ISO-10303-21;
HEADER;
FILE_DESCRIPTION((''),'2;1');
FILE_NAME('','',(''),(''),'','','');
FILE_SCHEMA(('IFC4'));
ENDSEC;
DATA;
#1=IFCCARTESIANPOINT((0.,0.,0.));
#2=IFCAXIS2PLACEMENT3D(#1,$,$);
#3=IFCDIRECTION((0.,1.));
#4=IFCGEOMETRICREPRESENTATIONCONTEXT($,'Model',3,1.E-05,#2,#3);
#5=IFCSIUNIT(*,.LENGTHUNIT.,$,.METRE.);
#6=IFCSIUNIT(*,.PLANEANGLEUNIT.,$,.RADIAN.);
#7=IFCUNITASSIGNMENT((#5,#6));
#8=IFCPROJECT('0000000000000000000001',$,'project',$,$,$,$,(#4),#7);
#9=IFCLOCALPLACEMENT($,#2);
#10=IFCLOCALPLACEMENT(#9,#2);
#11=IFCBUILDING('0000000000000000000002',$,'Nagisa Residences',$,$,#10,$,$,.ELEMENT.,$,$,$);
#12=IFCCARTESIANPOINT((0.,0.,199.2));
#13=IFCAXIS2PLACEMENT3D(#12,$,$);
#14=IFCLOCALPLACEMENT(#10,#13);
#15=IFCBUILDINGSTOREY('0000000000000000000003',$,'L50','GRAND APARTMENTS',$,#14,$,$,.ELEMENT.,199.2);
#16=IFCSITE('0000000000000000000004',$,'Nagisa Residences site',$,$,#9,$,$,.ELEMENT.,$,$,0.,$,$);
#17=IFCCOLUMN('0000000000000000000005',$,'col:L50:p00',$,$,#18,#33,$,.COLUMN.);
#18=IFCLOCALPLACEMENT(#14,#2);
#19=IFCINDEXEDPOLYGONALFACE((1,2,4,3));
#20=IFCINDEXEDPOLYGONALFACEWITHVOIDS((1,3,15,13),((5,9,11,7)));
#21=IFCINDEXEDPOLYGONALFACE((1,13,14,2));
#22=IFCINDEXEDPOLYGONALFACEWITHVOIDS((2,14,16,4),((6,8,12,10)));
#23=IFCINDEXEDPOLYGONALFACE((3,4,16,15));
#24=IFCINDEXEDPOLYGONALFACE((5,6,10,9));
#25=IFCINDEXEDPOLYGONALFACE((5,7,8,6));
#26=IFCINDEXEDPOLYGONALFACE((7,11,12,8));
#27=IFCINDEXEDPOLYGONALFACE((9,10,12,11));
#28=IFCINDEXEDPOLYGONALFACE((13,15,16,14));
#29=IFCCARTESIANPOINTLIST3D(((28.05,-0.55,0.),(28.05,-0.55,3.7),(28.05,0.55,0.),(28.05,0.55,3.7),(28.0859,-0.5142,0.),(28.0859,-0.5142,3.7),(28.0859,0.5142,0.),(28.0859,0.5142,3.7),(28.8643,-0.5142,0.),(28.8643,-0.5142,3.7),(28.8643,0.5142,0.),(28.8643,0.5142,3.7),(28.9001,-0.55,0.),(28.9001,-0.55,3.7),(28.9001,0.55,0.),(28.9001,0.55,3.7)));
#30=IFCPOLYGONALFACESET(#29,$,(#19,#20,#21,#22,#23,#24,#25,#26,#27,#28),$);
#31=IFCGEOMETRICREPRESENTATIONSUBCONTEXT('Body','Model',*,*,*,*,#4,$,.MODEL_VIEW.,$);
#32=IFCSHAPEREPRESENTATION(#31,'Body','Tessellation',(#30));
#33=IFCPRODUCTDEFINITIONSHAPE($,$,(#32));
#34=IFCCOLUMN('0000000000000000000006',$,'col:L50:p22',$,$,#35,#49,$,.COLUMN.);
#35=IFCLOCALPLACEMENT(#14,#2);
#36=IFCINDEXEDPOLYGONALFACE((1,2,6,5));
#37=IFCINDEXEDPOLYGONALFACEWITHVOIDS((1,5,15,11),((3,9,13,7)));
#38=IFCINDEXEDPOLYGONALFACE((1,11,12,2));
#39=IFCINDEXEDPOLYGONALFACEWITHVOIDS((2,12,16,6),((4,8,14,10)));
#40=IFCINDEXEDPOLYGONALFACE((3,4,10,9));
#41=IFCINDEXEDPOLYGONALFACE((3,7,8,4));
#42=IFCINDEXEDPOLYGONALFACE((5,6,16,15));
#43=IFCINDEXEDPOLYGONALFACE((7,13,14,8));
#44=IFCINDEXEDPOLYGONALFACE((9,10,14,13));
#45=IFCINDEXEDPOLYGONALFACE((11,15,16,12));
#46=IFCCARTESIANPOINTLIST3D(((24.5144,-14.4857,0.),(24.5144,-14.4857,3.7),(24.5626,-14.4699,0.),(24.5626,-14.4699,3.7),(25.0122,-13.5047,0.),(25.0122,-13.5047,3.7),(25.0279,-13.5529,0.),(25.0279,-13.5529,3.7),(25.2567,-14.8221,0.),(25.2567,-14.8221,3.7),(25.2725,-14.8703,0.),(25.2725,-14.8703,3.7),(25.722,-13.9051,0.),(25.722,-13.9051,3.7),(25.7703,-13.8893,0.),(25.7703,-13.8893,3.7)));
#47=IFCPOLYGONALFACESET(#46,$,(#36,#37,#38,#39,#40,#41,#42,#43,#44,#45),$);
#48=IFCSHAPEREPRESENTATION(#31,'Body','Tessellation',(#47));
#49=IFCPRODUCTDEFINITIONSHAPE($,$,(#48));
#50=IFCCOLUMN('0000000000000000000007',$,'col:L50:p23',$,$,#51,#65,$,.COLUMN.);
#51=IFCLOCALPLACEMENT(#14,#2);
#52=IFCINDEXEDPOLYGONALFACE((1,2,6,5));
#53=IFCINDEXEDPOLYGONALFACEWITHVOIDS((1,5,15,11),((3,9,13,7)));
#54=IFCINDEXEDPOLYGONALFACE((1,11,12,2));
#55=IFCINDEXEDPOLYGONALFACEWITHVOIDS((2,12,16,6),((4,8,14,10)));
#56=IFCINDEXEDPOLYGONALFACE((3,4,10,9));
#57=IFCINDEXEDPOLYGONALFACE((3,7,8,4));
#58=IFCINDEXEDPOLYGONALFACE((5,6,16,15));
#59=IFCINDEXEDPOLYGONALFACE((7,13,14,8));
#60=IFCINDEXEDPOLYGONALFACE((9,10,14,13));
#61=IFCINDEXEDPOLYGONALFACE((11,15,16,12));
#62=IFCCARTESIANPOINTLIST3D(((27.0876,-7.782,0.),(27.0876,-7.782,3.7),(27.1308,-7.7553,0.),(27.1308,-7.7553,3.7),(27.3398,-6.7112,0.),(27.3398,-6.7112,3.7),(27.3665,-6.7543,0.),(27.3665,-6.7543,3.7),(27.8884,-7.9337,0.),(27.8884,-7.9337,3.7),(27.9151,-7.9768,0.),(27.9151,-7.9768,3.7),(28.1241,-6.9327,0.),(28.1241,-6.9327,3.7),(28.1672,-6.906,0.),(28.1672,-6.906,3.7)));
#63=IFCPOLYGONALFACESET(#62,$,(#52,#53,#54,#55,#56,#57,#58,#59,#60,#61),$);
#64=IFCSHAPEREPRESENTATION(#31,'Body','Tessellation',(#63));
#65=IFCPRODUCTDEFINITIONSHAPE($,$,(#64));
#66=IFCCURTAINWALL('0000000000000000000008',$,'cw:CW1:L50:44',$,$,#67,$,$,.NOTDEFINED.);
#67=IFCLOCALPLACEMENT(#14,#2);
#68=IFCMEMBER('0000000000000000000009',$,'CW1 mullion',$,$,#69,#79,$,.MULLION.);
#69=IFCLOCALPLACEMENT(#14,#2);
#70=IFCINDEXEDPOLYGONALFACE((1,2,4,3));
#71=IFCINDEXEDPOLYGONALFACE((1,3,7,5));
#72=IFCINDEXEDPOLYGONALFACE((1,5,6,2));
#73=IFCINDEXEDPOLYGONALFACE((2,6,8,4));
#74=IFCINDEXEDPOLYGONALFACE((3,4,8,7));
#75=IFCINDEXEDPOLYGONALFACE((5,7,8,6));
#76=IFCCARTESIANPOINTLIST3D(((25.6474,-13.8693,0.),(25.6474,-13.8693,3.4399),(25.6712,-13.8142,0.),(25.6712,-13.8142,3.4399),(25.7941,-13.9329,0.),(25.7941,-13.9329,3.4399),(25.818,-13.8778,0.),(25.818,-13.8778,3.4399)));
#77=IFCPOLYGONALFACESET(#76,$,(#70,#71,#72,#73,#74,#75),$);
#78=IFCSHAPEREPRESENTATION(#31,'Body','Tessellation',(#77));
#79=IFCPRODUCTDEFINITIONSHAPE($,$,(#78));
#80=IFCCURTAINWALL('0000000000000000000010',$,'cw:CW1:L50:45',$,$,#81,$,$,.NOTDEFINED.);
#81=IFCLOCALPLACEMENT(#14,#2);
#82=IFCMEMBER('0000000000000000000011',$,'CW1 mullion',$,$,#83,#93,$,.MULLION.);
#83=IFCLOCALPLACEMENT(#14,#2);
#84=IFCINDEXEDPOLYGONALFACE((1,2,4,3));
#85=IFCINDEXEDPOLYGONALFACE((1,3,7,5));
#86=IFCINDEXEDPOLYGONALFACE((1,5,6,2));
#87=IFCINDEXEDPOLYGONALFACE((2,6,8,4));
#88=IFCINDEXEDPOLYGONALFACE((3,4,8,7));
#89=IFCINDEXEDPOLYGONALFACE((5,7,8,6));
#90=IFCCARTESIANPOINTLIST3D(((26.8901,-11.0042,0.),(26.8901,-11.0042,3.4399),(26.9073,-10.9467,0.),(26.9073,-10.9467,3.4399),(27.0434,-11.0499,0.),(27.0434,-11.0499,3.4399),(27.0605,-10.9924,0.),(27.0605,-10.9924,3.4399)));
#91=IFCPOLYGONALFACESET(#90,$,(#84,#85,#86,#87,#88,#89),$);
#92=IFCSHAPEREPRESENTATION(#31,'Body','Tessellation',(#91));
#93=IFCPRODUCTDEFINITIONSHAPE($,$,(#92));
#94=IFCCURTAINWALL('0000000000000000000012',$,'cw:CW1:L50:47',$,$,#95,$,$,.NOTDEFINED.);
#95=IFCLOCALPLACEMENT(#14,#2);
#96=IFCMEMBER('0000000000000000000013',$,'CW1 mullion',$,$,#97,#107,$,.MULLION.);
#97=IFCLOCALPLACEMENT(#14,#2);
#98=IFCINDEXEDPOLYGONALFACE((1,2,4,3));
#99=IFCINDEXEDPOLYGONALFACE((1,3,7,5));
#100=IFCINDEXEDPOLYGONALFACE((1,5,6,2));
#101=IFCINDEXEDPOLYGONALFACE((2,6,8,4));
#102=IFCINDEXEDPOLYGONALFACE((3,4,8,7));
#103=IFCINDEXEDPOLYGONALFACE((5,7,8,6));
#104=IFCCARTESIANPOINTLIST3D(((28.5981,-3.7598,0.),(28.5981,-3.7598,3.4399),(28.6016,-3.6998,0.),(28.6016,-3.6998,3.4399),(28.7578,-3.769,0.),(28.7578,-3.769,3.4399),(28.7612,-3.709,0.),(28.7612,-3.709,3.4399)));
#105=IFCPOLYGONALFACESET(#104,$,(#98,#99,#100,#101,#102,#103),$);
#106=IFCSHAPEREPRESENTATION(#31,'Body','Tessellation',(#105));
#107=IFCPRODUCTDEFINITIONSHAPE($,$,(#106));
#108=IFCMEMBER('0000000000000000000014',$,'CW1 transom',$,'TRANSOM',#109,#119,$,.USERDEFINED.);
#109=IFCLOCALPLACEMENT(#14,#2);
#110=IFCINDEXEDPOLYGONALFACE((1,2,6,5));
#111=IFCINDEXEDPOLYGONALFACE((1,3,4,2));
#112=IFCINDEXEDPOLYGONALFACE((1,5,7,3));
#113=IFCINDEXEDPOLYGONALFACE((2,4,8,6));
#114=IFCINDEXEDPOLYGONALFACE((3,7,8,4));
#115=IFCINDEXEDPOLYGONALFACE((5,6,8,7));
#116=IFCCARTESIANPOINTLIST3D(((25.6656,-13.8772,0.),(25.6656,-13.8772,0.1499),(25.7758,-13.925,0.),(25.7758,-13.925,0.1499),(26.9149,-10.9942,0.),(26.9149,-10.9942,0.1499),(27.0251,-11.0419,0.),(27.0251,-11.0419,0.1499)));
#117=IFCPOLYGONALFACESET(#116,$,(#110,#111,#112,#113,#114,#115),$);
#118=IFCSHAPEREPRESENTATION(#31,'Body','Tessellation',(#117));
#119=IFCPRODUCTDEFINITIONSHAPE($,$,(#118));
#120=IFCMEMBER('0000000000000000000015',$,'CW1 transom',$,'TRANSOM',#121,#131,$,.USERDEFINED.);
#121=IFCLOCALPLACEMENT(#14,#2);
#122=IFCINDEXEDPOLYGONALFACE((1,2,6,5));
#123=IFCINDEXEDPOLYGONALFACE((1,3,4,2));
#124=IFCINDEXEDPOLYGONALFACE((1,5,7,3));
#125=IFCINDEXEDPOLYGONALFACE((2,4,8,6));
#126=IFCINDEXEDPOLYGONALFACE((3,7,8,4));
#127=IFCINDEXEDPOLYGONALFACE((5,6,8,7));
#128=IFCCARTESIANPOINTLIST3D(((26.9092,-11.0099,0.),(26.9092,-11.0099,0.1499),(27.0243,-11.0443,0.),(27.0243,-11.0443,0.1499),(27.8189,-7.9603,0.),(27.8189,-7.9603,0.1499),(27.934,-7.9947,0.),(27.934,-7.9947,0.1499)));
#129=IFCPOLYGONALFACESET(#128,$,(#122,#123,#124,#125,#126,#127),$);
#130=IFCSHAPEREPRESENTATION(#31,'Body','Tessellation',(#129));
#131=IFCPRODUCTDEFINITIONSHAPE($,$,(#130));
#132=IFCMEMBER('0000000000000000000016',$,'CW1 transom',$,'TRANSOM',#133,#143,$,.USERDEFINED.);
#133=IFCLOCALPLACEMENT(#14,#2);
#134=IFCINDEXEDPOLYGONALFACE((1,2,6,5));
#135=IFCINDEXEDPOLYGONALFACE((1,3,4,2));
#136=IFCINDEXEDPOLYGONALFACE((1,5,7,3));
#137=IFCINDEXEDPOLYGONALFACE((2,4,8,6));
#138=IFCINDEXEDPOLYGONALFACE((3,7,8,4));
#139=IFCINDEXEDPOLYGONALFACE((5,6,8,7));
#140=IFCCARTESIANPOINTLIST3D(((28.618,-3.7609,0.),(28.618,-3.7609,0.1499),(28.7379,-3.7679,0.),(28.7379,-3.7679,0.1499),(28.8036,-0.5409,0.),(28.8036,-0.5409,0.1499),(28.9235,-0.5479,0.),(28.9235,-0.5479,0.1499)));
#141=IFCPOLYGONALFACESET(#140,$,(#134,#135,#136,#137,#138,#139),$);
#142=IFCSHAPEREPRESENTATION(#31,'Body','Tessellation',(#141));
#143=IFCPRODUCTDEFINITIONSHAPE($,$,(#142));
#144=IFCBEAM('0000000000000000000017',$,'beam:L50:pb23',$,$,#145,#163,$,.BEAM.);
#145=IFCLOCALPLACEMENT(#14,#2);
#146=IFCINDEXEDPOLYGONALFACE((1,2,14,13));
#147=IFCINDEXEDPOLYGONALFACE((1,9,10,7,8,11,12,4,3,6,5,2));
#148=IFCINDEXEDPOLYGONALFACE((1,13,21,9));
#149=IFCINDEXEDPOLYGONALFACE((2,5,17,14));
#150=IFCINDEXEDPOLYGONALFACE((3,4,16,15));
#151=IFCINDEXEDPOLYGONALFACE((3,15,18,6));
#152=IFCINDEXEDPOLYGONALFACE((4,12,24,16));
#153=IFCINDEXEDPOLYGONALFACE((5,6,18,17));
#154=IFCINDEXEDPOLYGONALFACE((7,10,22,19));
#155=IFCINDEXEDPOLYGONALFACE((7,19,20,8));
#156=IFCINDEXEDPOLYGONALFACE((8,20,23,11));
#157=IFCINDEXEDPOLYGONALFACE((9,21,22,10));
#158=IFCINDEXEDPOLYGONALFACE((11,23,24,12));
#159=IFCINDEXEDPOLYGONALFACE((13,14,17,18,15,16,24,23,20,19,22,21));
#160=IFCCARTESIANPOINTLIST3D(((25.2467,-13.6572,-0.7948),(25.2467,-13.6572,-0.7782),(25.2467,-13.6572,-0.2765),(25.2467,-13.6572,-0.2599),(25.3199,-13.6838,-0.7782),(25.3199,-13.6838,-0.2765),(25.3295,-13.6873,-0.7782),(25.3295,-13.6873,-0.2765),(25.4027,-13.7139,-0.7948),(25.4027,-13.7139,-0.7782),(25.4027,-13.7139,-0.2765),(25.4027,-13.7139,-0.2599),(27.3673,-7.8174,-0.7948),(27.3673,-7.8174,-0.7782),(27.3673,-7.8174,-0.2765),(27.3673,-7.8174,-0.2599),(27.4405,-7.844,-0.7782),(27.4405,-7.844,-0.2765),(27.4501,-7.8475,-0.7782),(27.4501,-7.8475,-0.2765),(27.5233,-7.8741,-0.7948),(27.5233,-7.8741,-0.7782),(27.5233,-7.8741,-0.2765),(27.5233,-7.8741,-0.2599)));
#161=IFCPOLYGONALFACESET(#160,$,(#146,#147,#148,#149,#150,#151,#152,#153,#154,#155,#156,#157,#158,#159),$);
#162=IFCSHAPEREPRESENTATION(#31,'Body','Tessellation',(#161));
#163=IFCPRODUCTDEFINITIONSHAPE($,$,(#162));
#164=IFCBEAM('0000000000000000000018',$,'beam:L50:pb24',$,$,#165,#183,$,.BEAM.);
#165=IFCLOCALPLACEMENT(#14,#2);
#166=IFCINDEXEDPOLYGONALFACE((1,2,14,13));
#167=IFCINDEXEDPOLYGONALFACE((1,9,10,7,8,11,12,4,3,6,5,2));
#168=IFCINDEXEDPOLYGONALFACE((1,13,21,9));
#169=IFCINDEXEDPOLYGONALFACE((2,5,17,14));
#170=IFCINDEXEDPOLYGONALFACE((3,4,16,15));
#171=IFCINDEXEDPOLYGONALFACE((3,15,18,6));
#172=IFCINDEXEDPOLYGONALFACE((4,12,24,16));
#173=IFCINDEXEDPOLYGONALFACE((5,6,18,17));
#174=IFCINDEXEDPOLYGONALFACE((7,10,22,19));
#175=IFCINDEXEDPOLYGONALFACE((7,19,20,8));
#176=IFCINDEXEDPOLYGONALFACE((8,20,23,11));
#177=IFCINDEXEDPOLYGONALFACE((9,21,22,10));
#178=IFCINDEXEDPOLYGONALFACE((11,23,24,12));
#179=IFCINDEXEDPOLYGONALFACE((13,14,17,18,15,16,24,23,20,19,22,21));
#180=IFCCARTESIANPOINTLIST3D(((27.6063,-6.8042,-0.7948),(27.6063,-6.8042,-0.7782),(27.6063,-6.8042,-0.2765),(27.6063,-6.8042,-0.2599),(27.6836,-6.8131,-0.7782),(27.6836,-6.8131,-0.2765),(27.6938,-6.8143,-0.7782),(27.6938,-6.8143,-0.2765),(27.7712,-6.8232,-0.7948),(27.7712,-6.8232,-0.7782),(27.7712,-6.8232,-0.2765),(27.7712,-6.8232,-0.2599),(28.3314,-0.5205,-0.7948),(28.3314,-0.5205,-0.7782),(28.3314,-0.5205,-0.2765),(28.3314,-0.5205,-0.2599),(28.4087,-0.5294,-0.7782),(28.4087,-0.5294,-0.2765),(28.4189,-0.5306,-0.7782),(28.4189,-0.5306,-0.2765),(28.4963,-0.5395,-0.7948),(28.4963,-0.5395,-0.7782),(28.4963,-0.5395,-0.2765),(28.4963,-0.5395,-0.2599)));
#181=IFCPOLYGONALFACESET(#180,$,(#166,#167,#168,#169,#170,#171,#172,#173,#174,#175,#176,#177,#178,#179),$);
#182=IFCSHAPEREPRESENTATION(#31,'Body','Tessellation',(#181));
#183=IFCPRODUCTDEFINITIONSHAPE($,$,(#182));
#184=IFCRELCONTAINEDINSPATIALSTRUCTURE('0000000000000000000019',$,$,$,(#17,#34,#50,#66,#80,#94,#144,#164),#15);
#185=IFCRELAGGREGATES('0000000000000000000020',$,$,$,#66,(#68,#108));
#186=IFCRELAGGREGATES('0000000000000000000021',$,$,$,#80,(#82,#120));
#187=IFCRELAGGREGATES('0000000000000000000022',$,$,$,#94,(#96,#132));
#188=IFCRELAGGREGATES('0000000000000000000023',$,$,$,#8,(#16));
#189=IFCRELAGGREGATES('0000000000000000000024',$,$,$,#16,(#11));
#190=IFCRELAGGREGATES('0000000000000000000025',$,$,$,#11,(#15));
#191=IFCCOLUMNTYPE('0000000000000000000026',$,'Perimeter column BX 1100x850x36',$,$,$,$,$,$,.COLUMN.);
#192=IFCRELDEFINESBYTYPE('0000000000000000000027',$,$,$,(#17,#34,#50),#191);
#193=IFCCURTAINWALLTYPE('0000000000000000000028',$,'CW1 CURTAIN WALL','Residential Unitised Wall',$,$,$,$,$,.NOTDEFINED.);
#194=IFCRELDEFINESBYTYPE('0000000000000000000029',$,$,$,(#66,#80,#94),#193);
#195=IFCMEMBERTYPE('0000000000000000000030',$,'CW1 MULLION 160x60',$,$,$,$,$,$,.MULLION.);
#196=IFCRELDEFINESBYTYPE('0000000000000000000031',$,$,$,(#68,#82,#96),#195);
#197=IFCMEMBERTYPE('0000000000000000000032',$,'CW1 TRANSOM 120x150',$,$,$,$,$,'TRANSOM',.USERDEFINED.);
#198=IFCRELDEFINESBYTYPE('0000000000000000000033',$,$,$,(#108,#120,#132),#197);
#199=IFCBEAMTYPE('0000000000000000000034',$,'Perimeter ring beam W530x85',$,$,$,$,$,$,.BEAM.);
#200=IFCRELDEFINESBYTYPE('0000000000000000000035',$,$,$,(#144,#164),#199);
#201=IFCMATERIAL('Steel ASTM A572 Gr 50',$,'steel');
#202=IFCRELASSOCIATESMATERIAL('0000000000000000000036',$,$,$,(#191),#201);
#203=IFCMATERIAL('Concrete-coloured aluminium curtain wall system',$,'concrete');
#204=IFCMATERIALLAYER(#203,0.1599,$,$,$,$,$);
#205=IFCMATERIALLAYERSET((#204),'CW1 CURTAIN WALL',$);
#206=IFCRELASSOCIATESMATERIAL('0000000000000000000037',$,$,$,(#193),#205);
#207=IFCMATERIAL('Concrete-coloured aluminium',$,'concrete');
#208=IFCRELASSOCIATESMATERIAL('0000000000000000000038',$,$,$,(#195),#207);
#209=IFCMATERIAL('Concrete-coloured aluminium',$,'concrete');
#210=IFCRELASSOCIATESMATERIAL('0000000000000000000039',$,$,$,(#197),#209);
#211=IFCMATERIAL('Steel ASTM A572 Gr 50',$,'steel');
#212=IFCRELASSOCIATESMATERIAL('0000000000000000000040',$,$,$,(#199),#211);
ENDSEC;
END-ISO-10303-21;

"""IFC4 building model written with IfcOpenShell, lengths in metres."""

from ifc_helpers import new_model, si_unit, direction, frame, origin, origin_2d, place, context, subcontext, project, spatial, rectangle, hollow_rectangle, i_section, extrude, material, layer, layer_set, material_profile, profile_set, type_object, element, aggregate, save


model = new_model("IFC4")

# Units and contexts
model_context = context("Model", 3, precision=1e-05, world=origin(), true_north=direction((0.0, 1.0)))
body_context = subcontext(model_context, "Body", "Model", "MODEL_VIEW")
ifc_project = project(units=[si_unit("LENGTHUNIT", "METRE"), si_unit("PLANEANGLEUNIT", "RADIAN")], contexts=[model_context])

# Site, building, storey
site_placement = place(None, origin())
site = spatial("IfcSite", under=ifc_project, at=site_placement, Name="Nagisa Residences site", CompositionType="ELEMENT", RefElevation=0.0)
building_placement = place(site_placement, origin())
building = spatial("IfcBuilding", under=site, at=building_placement, Name="Nagisa Residences", CompositionType="ELEMENT")
storey_placement = place(building_placement, frame((0.0, 0.0, 199.2)))
storey = spatial("IfcBuildingStorey", under=building, at=storey_placement, Name="L50", Description="GRAND APARTMENTS", CompositionType="ELEMENT", Elevation=199.2)

# Columns
ifc_material_1 = material(Name="Steel ASTM A572 Gr 50", Category="steel")
ifc_material_profile_1 = material_profile(ifc_material_1, hollow_rectangle(XDim=1.1001, YDim=0.8501, WallThickness=0.0359, at=origin_2d()), Name="BX 1100x850x36")
ifc_profile_set_1 = profile_set([ifc_material_profile_1], Name="Steel ASTM A572 Gr 50")
column_type = type_object("IfcColumnType", Name="Perimeter column BX 1100x850x36", PredefinedType="COLUMN", material=ifc_profile_set_1)
for number, where, z_axis, x_axis, name in (
    (1, (28.4751, 0.0, 0.0), (0.0, 0.0, 1.0), (0.0, 1.0, 0.0), "col:L50:p00"),
    (2, (25.1423, -14.1875, 0.0), (0.0, 0.0, 1.0), (0.452463, 0.891783, 0.0), "col:L50:p22"),
    (3, (27.6274, -7.344, 0.0), (0.0, 0.0, 1.0), (0.229202, 0.973379, 0.0), "col:L50:p23"),
):
    element("IfcColumn", number, at=place(storey_placement, frame(where, z_axis=z_axis, x_axis=x_axis)), inside=storey, type_object=column_type, Name=name, PredefinedType="COLUMN", context=body_context, shape_type="SweptSolid", body=[
        extrude(hollow_rectangle(XDim=1.1001, YDim=0.8501, WallThickness=0.0359, at=origin_2d()), origin(), (0.0, 0.0, 1.0), 3.7),
    ])

# Curtain walls, members
ifc_material_2 = material(Name="Concrete-coloured aluminium curtain wall system", Category="concrete")
ifc_layer_1 = layer(ifc_material_2, 0.1599)
ifc_layer_set_1 = layer_set([ifc_layer_1], Name="CW1 CURTAIN WALL")
curtain_wall_type = type_object("IfcCurtainWallType", Name="CW1 CURTAIN WALL", Description="Residential Unitised Wall", PredefinedType="NOTDEFINED", material=ifc_layer_set_1)
curtain_wall_1_placement = place(storey_placement, origin())
curtain_wall_1 = element("IfcCurtainWall", 4, at=curtain_wall_1_placement, inside=storey, type_object=curtain_wall_type, Name="cw:CW1:L50:44", PredefinedType="NOTDEFINED")
ifc_material_3 = material(Name="Concrete-coloured aluminium", Category="concrete")
ifc_material_profile_2 = material_profile(ifc_material_3, rectangle(XDim=0.1599, YDim=0.0601, at=origin_2d()), Name="CW1 MULLION 160x60")
ifc_profile_set_2 = profile_set([ifc_material_profile_2], Name="Concrete-coloured aluminium")
member_type_1 = type_object("IfcMemberType", Name="CW1 MULLION 160x60", PredefinedType="MULLION", material=ifc_profile_set_2)
member_1_placement = place(storey_placement, frame((25.7327, -13.8735, 0.0), z_axis=(0.0, 0.0, 1.0), x_axis=(-0.917543, 0.397636, 0.0)))
member_1 = element("IfcMember", 5, at=member_1_placement, type_object=member_type_1, Name="CW1 mullion", PredefinedType="MULLION", context=body_context, shape_type="SweptSolid", body=[
    extrude(rectangle(XDim=0.1599, YDim=0.0601, at=origin_2d()), origin(), (0.0, 0.0, 1.0), 3.4399),
])
curtain_wall_2_placement = place(storey_placement, origin())
curtain_wall_2 = element("IfcCurtainWall", 6, at=curtain_wall_2_placement, inside=storey, type_object=curtain_wall_type, Name="cw:CW1:L50:45", PredefinedType="NOTDEFINED")
member_2_placement = place(storey_placement, frame((26.9753, -10.9983, 0.0), z_axis=(0.0, 0.0, 1.0), x_axis=(-0.958271, 0.28586, 0.0)))
member_2 = element("IfcMember", 7, at=member_2_placement, type_object=member_type_1, Name="CW1 mullion", PredefinedType="MULLION", context=body_context, shape_type="SweptSolid", body=[
    extrude(rectangle(XDim=0.1599, YDim=0.0601, at=origin_2d()), origin(), (0.0, 0.0, 1.0), 3.4399),
])
curtain_wall_3_placement = place(storey_placement, origin())
curtain_wall_3 = element("IfcCurtainWall", 8, at=curtain_wall_3_placement, inside=storey, type_object=curtain_wall_type, Name="cw:CW1:L50:47", PredefinedType="NOTDEFINED")
member_3_placement = place(storey_placement, frame((28.6797, -3.7344, 0.0), z_axis=(0.0, 0.0, 1.0), x_axis=(-0.998345, 0.057503, 0.0)))
member_3 = element("IfcMember", 9, at=member_3_placement, type_object=member_type_1, Name="CW1 mullion", PredefinedType="MULLION", context=body_context, shape_type="SweptSolid", body=[
    extrude(rectangle(XDim=0.1599, YDim=0.0601, at=origin_2d()), origin(), (0.0, 0.0, 1.0), 3.4399),
])

# Members
ifc_material_4 = material(Name="Concrete-coloured aluminium", Category="concrete")
ifc_material_profile_3 = material_profile(ifc_material_4, rectangle(XDim=0.1201, YDim=0.1499, at=origin_2d()), Name="CW1 TRANSOM 120x150")
ifc_profile_set_3 = profile_set([ifc_material_profile_3], Name="Concrete-coloured aluminium")
member_type_2 = type_object("IfcMemberType", Name="CW1 TRANSOM 120x150", ElementType="TRANSOM", PredefinedType="USERDEFINED", material=ifc_profile_set_3)
member_4_placement = place(storey_placement, frame((25.7207, -13.9011, 0.075), z_axis=(0.397592, 0.917562, 0.0), x_axis=(-0.917562, 0.397592, 0.0)))
member_4 = element("IfcMember", 10, at=member_4_placement, type_object=member_type_2, Name="CW1 transom", ObjectType="TRANSOM", PredefinedType="USERDEFINED", context=body_context, shape_type="SweptSolid", body=[
    extrude(rectangle(XDim=0.1201, YDim=0.1499, at=origin_2d()), origin(), (0.0, 0.0, 1.0), 3.1421),
])
member_5_placement = place(storey_placement, frame((26.9668, -11.0271, 0.075), z_axis=(0.285848, 0.958275, 0.0), x_axis=(-0.958275, 0.285848, 0.0)))
member_5 = element("IfcMember", 11, at=member_5_placement, type_object=member_type_2, Name="CW1 transom", ObjectType="TRANSOM", PredefinedType="USERDEFINED", context=body_context, shape_type="SweptSolid", body=[
    extrude(rectangle(XDim=0.1201, YDim=0.1499, at=origin_2d()), origin(), (0.0, 0.0, 1.0), 3.1824),
])
member_6_placement = place(storey_placement, frame((28.678, -3.7644, 0.075), z_axis=(0.057528, 0.998344, 0.0), x_axis=(-0.998344, 0.057528, 0.0)))
member_6 = element("IfcMember", 12, at=member_6_placement, type_object=member_type_2, Name="CW1 transom", ObjectType="TRANSOM", PredefinedType="USERDEFINED", context=body_context, shape_type="SweptSolid", body=[
    extrude(rectangle(XDim=0.1201, YDim=0.1499, at=origin_2d()), origin(), (0.0, 0.0, 1.0), 3.2253),
])

# Beams
ifc_material_5 = material(Name="Steel ASTM A572 Gr 50", Category="steel")
ifc_material_profile_4 = material_profile(ifc_material_5, i_section(OverallWidth=0.166, OverallDepth=0.5349, WebThickness=0.0103, FlangeThickness=0.0166, at=origin_2d()), Name="W530x85")
ifc_profile_set_4 = profile_set([ifc_material_profile_4], Name="Steel ASTM A572 Gr 50")
beam_type_1 = type_object("IfcBeamType", Name="Perimeter ring beam W530x85", PredefinedType="BEAM", material=ifc_profile_set_4)
beam_1_placement = place(storey_placement, frame((25.3247, -13.6855, -0.5273), z_axis=(0.34132, 0.939947, 0.0), x_axis=(-0.939947, 0.34132, 0.0)))
element("IfcBeam", 13, at=beam_1_placement, inside=storey, type_object=beam_type_1, Name="beam:L50:pb23", PredefinedType="BEAM", context=body_context, shape_type="SweptSolid", body=[
    extrude(i_section(OverallWidth=0.166, OverallDepth=0.5349, WebThickness=0.0103, FlangeThickness=0.0166, at=origin_2d()), origin(), (0.0, 0.0, 1.0), 6.2129),
])
beam_2_placement = place(storey_placement, frame((27.6887, -6.8137, -0.5273), z_axis=(0.114633, 0.993408, 0.0), x_axis=(-0.993408, 0.114633, 0.0)))
element("IfcBeam", 14, at=beam_2_placement, inside=storey, type_object=beam_type_1, Name="beam:L50:pb24", PredefinedType="BEAM", context=body_context, shape_type="SweptSolid", body=[
    extrude(i_section(OverallWidth=0.166, OverallDepth=0.5349, WebThickness=0.0103, FlangeThickness=0.0166, at=origin_2d()), origin(), (0.0, 0.0, 1.0), 6.3254),
])

aggregate(curtain_wall_1, [member_1, member_4])
aggregate(curtain_wall_2, [member_2, member_5])
aggregate(curtain_wall_3, [member_3, member_6])

save(model, "model.ifc")
